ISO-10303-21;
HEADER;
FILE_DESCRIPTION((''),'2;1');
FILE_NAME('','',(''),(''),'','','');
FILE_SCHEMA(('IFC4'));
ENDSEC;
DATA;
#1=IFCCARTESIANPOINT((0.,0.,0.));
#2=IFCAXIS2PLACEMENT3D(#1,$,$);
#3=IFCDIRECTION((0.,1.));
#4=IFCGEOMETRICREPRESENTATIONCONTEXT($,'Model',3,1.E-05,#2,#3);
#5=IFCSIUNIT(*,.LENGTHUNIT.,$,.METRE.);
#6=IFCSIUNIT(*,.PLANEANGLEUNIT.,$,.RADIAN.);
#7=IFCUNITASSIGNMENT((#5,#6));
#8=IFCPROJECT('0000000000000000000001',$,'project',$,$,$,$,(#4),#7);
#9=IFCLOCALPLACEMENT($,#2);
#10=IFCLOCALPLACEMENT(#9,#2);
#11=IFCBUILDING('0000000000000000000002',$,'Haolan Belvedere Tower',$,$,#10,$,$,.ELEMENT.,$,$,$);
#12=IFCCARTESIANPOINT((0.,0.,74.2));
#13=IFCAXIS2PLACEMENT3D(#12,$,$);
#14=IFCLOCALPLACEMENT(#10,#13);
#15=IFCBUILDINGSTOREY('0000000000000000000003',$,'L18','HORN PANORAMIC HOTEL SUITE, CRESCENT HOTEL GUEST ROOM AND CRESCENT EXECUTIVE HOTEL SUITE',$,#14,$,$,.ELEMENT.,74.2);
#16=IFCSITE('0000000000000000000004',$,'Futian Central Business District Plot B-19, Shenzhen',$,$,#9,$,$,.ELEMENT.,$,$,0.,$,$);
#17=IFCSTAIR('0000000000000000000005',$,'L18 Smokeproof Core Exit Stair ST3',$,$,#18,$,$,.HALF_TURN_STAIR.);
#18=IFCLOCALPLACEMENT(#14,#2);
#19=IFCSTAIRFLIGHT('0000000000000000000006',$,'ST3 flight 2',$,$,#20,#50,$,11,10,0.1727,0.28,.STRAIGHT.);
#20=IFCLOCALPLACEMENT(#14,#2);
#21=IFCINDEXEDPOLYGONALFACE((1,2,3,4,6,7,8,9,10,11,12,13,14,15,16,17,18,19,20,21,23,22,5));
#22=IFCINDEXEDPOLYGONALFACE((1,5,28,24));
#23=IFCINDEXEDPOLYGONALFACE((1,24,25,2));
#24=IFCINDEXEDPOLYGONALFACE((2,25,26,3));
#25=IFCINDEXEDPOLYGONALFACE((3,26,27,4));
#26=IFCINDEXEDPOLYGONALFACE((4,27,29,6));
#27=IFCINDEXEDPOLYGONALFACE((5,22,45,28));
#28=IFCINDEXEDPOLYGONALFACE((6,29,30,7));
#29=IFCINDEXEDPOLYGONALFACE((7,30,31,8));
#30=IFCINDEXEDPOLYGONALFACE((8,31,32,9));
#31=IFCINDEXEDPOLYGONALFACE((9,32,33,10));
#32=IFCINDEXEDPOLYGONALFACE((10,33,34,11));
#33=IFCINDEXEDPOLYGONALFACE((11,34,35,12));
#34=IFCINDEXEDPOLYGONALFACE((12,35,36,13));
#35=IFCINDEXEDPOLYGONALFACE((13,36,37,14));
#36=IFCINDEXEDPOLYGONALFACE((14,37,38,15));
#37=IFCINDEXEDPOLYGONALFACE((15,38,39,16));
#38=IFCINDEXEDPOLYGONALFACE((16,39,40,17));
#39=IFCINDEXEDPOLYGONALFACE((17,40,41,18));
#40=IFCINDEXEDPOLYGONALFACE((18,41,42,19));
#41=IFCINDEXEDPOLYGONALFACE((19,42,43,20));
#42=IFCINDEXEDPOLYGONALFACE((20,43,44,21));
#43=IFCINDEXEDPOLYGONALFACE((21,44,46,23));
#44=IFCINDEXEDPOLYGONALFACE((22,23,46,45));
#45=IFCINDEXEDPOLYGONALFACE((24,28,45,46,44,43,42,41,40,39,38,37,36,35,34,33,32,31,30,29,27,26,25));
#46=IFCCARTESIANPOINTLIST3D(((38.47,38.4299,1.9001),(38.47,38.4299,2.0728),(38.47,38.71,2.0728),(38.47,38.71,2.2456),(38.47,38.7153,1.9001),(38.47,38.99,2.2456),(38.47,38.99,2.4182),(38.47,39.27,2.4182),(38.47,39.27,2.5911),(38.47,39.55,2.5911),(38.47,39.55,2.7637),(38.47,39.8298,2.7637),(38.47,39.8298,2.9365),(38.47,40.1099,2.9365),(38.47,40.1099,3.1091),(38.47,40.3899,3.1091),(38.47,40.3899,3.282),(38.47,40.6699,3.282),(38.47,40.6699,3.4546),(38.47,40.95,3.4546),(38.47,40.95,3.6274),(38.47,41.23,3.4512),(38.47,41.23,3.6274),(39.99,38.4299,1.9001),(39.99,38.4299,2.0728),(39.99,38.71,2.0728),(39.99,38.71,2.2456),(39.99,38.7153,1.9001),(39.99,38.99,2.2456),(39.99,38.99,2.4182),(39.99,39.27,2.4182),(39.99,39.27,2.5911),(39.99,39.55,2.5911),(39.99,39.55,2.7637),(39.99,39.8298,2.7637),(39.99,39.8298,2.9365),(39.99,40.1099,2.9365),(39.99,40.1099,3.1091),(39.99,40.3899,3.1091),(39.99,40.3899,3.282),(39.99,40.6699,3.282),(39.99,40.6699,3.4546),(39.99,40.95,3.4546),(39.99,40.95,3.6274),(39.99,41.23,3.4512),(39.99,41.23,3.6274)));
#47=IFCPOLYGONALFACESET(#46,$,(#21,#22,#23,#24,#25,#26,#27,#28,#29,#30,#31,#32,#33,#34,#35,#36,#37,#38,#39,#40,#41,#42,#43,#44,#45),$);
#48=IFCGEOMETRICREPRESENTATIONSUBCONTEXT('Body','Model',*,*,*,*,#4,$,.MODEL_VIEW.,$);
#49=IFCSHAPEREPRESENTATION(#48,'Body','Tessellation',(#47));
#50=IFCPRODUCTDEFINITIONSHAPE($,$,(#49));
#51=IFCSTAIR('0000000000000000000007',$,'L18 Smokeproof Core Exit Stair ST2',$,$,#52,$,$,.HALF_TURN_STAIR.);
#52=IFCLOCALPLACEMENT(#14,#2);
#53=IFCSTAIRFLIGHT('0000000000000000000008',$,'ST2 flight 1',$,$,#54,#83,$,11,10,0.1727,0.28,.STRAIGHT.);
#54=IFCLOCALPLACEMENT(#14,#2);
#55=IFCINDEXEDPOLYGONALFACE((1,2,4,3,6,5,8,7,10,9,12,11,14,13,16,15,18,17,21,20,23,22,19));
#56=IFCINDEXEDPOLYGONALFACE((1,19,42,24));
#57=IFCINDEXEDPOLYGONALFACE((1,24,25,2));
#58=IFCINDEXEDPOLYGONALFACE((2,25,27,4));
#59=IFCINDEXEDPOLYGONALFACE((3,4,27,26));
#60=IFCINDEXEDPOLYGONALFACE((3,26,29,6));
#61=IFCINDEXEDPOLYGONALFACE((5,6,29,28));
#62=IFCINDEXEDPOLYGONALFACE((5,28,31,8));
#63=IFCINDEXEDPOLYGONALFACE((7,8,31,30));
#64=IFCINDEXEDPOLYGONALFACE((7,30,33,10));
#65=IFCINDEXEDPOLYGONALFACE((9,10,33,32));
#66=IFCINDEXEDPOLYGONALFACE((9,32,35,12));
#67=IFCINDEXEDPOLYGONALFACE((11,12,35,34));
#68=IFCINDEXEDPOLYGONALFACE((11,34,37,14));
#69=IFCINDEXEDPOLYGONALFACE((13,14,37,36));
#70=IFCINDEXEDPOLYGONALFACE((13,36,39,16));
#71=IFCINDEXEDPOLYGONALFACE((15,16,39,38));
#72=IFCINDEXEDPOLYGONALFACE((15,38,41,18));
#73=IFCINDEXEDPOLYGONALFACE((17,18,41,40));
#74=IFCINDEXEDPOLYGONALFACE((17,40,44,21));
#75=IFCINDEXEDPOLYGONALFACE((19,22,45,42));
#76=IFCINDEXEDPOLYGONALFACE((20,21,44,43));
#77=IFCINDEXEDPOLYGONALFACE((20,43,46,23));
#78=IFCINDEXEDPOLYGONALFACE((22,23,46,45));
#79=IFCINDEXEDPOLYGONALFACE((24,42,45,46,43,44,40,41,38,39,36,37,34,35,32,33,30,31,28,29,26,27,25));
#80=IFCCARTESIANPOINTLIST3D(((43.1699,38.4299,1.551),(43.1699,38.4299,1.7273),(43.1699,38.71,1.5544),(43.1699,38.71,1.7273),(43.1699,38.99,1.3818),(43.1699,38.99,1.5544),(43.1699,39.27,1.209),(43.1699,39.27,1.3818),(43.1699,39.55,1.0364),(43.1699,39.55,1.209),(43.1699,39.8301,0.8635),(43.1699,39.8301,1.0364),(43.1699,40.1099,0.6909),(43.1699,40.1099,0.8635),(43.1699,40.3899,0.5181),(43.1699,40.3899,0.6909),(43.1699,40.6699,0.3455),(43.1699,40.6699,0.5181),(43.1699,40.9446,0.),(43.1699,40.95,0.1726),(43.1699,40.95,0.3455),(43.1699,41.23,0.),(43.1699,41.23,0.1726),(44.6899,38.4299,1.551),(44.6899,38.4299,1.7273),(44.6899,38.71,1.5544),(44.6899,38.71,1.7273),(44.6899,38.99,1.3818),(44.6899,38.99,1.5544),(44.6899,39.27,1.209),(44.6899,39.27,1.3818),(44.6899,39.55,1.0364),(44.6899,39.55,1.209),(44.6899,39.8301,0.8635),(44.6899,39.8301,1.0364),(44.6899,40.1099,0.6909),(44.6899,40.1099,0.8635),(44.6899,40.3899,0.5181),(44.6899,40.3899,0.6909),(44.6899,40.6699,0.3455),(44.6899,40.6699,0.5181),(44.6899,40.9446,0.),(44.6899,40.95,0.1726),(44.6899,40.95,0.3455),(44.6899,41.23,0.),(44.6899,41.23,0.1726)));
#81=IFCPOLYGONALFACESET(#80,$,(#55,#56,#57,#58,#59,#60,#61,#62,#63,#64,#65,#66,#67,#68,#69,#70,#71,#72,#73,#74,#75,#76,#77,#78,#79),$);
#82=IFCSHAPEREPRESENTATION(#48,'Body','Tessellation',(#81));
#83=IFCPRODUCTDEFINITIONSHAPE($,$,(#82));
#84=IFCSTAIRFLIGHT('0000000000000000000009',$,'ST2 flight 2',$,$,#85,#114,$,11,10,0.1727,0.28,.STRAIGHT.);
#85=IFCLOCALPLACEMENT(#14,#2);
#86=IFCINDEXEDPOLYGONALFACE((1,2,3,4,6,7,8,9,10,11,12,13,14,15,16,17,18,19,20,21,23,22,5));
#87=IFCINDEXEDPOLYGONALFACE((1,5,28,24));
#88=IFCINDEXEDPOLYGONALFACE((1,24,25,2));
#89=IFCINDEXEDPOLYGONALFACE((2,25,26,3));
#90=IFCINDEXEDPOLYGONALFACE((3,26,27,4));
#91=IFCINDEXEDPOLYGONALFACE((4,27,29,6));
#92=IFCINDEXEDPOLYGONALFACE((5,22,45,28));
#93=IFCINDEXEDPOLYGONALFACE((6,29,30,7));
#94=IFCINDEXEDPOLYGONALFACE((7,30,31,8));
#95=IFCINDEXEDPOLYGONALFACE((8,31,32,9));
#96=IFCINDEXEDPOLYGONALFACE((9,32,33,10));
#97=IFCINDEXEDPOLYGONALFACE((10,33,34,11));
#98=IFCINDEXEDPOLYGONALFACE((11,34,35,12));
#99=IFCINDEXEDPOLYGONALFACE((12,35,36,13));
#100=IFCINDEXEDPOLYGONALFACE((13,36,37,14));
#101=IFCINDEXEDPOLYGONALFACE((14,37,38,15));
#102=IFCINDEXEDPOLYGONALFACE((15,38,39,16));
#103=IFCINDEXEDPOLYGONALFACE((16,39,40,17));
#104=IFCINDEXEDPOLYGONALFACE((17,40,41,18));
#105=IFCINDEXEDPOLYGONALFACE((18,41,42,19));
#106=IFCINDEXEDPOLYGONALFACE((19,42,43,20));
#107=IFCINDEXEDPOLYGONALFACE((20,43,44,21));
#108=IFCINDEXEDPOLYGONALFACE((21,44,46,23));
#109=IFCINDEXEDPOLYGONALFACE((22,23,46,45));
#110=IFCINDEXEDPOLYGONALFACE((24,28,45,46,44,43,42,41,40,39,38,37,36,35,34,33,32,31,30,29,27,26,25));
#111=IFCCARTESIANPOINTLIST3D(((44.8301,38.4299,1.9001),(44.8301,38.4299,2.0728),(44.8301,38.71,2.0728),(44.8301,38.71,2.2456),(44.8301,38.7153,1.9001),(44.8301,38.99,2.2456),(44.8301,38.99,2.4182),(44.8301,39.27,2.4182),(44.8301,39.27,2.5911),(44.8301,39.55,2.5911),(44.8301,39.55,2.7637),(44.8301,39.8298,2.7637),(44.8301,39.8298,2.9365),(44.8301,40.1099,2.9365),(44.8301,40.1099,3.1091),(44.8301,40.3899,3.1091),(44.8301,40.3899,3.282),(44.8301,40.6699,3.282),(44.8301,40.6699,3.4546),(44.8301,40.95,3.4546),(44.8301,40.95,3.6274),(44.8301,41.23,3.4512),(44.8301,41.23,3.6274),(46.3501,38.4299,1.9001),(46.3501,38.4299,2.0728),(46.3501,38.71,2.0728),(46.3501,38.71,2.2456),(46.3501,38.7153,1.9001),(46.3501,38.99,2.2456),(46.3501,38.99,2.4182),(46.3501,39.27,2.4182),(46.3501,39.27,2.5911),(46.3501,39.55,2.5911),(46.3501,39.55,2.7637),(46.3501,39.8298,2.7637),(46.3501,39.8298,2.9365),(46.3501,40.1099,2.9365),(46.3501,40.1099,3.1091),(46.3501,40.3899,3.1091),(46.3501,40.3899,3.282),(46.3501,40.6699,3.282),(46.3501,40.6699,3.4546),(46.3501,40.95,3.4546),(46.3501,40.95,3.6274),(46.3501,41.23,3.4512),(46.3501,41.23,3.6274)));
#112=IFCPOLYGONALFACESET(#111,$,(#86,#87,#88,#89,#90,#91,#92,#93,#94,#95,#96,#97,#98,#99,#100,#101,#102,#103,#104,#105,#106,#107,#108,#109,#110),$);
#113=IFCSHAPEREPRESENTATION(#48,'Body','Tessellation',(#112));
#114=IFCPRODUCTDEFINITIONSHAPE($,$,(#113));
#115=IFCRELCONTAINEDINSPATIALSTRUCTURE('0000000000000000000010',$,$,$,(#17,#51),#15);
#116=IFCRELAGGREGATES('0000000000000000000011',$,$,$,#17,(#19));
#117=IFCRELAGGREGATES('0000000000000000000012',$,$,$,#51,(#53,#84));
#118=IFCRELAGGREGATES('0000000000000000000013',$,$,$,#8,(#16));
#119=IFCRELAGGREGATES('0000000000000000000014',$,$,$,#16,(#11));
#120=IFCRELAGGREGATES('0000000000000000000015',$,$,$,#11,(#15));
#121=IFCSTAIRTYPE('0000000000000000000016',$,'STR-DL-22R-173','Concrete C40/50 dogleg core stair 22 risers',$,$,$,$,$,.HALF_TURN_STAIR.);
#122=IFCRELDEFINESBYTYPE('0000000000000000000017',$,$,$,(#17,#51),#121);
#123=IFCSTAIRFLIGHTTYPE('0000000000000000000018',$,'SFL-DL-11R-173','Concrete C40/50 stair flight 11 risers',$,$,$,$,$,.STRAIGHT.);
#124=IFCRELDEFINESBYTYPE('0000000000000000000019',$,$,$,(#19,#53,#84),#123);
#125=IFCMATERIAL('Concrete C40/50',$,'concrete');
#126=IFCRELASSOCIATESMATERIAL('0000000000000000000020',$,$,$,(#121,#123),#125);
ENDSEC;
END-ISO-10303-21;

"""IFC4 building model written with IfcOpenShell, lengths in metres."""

from ifc_helpers import new_model, si_unit, direction, frame, origin, place, context, subcontext, project, spatial, polyline, outline, extrude, material, type_object, element, aggregate, save


model = new_model("IFC4")

# Units and contexts
model_context = context("Model", 3, precision=1e-05, world=origin(), true_north=direction((0.0, 1.0)))
body_context = subcontext(model_context, "Body", "Model", "MODEL_VIEW")
ifc_project = project(units=[si_unit("LENGTHUNIT", "METRE"), si_unit("PLANEANGLEUNIT", "RADIAN")], contexts=[model_context])

# Site, building, storey
site_placement = place(None, origin())
site = spatial("IfcSite", under=ifc_project, at=site_placement, Name="Futian Central Business District Plot B-19, Shenzhen", CompositionType="ELEMENT", RefElevation=0.0)
building_placement = place(site_placement, origin())
building = spatial("IfcBuilding", under=site, at=building_placement, Name="Haolan Belvedere Tower", CompositionType="ELEMENT")
storey_placement = place(building_placement, frame((0.0, 0.0, 74.2)))
storey = spatial("IfcBuildingStorey", under=building, at=storey_placement, Name="L18", Description="HORN PANORAMIC HOTEL SUITE, CRESCENT HOTEL GUEST ROOM AND CRESCENT EXECUTIVE HOTEL SUITE", CompositionType="ELEMENT", Elevation=74.2)

# Shared definitions
ifc_material_1 = material(Name="Concrete C40/50", Category="concrete")

# Stair, stair flight
stair_type = type_object("IfcStairType", Name="STR-DL-22R-173", Description="Concrete C40/50 dogleg core stair 22 risers", PredefinedType="HALF_TURN_STAIR", material=ifc_material_1)
stair_1_placement = place(storey_placement, origin())
stair_1 = element("IfcStair", 1, at=stair_1_placement, inside=storey, type_object=stair_type, Name="L18 Smokeproof Core Exit Stair ST3", PredefinedType="HALF_TURN_STAIR")
stair_flight_type = type_object("IfcStairFlightType", Name="SFL-DL-11R-173", Description="Concrete C40/50 stair flight 11 risers", PredefinedType="STRAIGHT", material=ifc_material_1)
stair_flight_1_placement = place(storey_placement, frame((39.23, 38.4299, 1.9001), z_axis=(0.0, 0.0, 1.0), x_axis=(0.0, 1.0, 0.0)))
stair_flight_1 = element("IfcStairFlight", 2, at=stair_flight_1_placement, type_object=stair_flight_type, Name="ST3 flight 2", NumberOfRisers=11, NumberOfTreads=10, PredefinedType="STRAIGHT", RiserHeight=0.1727, TreadLength=0.28, context=body_context, shape_type="SweptSolid", body=[
    extrude(outline(polyline([(0.0, 0.0), (0.0, 0.1726), (0.28, 0.1726), (0.28, 0.3455), (0.5601, 0.3455), (0.5601, 0.5181), (0.8401, 0.5181), (0.8401, 0.6909), (1.1201, 0.6909), (1.1201, 0.8635), (1.3999, 0.8635), (1.3999, 1.0364), (1.6799, 1.0364), (1.6799, 1.209), (1.96, 1.209), (1.96, 1.3818), (2.24, 1.3818), (2.24, 1.5544), (2.52, 1.5544), (2.52, 1.7273), (2.8, 1.7273), (2.8, 1.8999), (2.8, 1.551), (0.2854, 0.0), (0.0, 0.0)])), frame((0.0, 0.76, 0.0), z_axis=(0.0, -1.0, 0.0), x_axis=(1.0, 0.0, 0.0)), (0.0, 0.0, 1.0), 1.52),
])
aggregate(stair_1, [stair_flight_1])

# Stair, stair flights
stair_2_placement = place(storey_placement, origin())
stair_2 = element("IfcStair", 3, at=stair_2_placement, inside=storey, type_object=stair_type, Name="L18 Smokeproof Core Exit Stair ST2", PredefinedType="HALF_TURN_STAIR")
stair_flight_2_placement = place(storey_placement, frame((43.9299, 41.23, 0.0), z_axis=(0.0, 0.0, 1.0), x_axis=(0.0, -1.0, 0.0)))
stair_flight_2 = element("IfcStairFlight", 4, at=stair_flight_2_placement, type_object=stair_flight_type, Name="ST2 flight 1", NumberOfRisers=11, NumberOfTreads=10, PredefinedType="STRAIGHT", RiserHeight=0.1727, TreadLength=0.28, context=body_context, shape_type="SweptSolid", body=[
    extrude(outline(polyline([(0.0, 0.0), (0.0, 0.1726), (0.28, 0.1726), (0.28, 0.3455), (0.5601, 0.3455), (0.5601, 0.5181), (0.8401, 0.5181), (0.8401, 0.6909), (1.1201, 0.6909), (1.1201, 0.8635), (1.3999, 0.8635), (1.3999, 1.0364), (1.6799, 1.0364), (1.6799, 1.209), (1.96, 1.209), (1.96, 1.3818), (2.24, 1.3818), (2.24, 1.5544), (2.52, 1.5544), (2.52, 1.7273), (2.8, 1.7273), (2.8, 1.8999), (2.8, 1.551), (0.2854, 0.0), (0.0, 0.0)])), frame((0.0, 0.76, 0.0), z_axis=(0.0, -1.0, 0.0), x_axis=(1.0, 0.0, 0.0)), (0.0, 0.0, 1.0), 1.52),
])
stair_flight_3_placement = place(storey_placement, frame((45.5901, 38.4299, 1.9001), z_axis=(0.0, 0.0, 1.0), x_axis=(0.0, 1.0, 0.0)))
stair_flight_3 = element("IfcStairFlight", 5, at=stair_flight_3_placement, type_object=stair_flight_type, Name="ST2 flight 2", NumberOfRisers=11, NumberOfTreads=10, PredefinedType="STRAIGHT", RiserHeight=0.1727, TreadLength=0.28, context=body_context, shape_type="SweptSolid", body=[
    extrude(outline(polyline([(0.0, 0.0), (0.0, 0.1726), (0.28, 0.1726), (0.28, 0.3455), (0.5601, 0.3455), (0.5601, 0.5181), (0.8401, 0.5181), (0.8401, 0.6909), (1.1201, 0.6909), (1.1201, 0.8635), (1.3999, 0.8635), (1.3999, 1.0364), (1.6799, 1.0364), (1.6799, 1.209), (1.96, 1.209), (1.96, 1.3818), (2.24, 1.3818), (2.24, 1.5544), (2.52, 1.5544), (2.52, 1.7273), (2.8, 1.7273), (2.8, 1.8999), (2.8, 1.551), (0.2854, 0.0), (0.0, 0.0)])), frame((0.0, 0.76, 0.0), z_axis=(0.0, -1.0, 0.0), x_axis=(1.0, 0.0, 0.0)), (0.0, 0.0, 1.0), 1.52),
])
aggregate(stair_2, [stair_flight_2, stair_flight_3])

save(model, "model.ifc")
